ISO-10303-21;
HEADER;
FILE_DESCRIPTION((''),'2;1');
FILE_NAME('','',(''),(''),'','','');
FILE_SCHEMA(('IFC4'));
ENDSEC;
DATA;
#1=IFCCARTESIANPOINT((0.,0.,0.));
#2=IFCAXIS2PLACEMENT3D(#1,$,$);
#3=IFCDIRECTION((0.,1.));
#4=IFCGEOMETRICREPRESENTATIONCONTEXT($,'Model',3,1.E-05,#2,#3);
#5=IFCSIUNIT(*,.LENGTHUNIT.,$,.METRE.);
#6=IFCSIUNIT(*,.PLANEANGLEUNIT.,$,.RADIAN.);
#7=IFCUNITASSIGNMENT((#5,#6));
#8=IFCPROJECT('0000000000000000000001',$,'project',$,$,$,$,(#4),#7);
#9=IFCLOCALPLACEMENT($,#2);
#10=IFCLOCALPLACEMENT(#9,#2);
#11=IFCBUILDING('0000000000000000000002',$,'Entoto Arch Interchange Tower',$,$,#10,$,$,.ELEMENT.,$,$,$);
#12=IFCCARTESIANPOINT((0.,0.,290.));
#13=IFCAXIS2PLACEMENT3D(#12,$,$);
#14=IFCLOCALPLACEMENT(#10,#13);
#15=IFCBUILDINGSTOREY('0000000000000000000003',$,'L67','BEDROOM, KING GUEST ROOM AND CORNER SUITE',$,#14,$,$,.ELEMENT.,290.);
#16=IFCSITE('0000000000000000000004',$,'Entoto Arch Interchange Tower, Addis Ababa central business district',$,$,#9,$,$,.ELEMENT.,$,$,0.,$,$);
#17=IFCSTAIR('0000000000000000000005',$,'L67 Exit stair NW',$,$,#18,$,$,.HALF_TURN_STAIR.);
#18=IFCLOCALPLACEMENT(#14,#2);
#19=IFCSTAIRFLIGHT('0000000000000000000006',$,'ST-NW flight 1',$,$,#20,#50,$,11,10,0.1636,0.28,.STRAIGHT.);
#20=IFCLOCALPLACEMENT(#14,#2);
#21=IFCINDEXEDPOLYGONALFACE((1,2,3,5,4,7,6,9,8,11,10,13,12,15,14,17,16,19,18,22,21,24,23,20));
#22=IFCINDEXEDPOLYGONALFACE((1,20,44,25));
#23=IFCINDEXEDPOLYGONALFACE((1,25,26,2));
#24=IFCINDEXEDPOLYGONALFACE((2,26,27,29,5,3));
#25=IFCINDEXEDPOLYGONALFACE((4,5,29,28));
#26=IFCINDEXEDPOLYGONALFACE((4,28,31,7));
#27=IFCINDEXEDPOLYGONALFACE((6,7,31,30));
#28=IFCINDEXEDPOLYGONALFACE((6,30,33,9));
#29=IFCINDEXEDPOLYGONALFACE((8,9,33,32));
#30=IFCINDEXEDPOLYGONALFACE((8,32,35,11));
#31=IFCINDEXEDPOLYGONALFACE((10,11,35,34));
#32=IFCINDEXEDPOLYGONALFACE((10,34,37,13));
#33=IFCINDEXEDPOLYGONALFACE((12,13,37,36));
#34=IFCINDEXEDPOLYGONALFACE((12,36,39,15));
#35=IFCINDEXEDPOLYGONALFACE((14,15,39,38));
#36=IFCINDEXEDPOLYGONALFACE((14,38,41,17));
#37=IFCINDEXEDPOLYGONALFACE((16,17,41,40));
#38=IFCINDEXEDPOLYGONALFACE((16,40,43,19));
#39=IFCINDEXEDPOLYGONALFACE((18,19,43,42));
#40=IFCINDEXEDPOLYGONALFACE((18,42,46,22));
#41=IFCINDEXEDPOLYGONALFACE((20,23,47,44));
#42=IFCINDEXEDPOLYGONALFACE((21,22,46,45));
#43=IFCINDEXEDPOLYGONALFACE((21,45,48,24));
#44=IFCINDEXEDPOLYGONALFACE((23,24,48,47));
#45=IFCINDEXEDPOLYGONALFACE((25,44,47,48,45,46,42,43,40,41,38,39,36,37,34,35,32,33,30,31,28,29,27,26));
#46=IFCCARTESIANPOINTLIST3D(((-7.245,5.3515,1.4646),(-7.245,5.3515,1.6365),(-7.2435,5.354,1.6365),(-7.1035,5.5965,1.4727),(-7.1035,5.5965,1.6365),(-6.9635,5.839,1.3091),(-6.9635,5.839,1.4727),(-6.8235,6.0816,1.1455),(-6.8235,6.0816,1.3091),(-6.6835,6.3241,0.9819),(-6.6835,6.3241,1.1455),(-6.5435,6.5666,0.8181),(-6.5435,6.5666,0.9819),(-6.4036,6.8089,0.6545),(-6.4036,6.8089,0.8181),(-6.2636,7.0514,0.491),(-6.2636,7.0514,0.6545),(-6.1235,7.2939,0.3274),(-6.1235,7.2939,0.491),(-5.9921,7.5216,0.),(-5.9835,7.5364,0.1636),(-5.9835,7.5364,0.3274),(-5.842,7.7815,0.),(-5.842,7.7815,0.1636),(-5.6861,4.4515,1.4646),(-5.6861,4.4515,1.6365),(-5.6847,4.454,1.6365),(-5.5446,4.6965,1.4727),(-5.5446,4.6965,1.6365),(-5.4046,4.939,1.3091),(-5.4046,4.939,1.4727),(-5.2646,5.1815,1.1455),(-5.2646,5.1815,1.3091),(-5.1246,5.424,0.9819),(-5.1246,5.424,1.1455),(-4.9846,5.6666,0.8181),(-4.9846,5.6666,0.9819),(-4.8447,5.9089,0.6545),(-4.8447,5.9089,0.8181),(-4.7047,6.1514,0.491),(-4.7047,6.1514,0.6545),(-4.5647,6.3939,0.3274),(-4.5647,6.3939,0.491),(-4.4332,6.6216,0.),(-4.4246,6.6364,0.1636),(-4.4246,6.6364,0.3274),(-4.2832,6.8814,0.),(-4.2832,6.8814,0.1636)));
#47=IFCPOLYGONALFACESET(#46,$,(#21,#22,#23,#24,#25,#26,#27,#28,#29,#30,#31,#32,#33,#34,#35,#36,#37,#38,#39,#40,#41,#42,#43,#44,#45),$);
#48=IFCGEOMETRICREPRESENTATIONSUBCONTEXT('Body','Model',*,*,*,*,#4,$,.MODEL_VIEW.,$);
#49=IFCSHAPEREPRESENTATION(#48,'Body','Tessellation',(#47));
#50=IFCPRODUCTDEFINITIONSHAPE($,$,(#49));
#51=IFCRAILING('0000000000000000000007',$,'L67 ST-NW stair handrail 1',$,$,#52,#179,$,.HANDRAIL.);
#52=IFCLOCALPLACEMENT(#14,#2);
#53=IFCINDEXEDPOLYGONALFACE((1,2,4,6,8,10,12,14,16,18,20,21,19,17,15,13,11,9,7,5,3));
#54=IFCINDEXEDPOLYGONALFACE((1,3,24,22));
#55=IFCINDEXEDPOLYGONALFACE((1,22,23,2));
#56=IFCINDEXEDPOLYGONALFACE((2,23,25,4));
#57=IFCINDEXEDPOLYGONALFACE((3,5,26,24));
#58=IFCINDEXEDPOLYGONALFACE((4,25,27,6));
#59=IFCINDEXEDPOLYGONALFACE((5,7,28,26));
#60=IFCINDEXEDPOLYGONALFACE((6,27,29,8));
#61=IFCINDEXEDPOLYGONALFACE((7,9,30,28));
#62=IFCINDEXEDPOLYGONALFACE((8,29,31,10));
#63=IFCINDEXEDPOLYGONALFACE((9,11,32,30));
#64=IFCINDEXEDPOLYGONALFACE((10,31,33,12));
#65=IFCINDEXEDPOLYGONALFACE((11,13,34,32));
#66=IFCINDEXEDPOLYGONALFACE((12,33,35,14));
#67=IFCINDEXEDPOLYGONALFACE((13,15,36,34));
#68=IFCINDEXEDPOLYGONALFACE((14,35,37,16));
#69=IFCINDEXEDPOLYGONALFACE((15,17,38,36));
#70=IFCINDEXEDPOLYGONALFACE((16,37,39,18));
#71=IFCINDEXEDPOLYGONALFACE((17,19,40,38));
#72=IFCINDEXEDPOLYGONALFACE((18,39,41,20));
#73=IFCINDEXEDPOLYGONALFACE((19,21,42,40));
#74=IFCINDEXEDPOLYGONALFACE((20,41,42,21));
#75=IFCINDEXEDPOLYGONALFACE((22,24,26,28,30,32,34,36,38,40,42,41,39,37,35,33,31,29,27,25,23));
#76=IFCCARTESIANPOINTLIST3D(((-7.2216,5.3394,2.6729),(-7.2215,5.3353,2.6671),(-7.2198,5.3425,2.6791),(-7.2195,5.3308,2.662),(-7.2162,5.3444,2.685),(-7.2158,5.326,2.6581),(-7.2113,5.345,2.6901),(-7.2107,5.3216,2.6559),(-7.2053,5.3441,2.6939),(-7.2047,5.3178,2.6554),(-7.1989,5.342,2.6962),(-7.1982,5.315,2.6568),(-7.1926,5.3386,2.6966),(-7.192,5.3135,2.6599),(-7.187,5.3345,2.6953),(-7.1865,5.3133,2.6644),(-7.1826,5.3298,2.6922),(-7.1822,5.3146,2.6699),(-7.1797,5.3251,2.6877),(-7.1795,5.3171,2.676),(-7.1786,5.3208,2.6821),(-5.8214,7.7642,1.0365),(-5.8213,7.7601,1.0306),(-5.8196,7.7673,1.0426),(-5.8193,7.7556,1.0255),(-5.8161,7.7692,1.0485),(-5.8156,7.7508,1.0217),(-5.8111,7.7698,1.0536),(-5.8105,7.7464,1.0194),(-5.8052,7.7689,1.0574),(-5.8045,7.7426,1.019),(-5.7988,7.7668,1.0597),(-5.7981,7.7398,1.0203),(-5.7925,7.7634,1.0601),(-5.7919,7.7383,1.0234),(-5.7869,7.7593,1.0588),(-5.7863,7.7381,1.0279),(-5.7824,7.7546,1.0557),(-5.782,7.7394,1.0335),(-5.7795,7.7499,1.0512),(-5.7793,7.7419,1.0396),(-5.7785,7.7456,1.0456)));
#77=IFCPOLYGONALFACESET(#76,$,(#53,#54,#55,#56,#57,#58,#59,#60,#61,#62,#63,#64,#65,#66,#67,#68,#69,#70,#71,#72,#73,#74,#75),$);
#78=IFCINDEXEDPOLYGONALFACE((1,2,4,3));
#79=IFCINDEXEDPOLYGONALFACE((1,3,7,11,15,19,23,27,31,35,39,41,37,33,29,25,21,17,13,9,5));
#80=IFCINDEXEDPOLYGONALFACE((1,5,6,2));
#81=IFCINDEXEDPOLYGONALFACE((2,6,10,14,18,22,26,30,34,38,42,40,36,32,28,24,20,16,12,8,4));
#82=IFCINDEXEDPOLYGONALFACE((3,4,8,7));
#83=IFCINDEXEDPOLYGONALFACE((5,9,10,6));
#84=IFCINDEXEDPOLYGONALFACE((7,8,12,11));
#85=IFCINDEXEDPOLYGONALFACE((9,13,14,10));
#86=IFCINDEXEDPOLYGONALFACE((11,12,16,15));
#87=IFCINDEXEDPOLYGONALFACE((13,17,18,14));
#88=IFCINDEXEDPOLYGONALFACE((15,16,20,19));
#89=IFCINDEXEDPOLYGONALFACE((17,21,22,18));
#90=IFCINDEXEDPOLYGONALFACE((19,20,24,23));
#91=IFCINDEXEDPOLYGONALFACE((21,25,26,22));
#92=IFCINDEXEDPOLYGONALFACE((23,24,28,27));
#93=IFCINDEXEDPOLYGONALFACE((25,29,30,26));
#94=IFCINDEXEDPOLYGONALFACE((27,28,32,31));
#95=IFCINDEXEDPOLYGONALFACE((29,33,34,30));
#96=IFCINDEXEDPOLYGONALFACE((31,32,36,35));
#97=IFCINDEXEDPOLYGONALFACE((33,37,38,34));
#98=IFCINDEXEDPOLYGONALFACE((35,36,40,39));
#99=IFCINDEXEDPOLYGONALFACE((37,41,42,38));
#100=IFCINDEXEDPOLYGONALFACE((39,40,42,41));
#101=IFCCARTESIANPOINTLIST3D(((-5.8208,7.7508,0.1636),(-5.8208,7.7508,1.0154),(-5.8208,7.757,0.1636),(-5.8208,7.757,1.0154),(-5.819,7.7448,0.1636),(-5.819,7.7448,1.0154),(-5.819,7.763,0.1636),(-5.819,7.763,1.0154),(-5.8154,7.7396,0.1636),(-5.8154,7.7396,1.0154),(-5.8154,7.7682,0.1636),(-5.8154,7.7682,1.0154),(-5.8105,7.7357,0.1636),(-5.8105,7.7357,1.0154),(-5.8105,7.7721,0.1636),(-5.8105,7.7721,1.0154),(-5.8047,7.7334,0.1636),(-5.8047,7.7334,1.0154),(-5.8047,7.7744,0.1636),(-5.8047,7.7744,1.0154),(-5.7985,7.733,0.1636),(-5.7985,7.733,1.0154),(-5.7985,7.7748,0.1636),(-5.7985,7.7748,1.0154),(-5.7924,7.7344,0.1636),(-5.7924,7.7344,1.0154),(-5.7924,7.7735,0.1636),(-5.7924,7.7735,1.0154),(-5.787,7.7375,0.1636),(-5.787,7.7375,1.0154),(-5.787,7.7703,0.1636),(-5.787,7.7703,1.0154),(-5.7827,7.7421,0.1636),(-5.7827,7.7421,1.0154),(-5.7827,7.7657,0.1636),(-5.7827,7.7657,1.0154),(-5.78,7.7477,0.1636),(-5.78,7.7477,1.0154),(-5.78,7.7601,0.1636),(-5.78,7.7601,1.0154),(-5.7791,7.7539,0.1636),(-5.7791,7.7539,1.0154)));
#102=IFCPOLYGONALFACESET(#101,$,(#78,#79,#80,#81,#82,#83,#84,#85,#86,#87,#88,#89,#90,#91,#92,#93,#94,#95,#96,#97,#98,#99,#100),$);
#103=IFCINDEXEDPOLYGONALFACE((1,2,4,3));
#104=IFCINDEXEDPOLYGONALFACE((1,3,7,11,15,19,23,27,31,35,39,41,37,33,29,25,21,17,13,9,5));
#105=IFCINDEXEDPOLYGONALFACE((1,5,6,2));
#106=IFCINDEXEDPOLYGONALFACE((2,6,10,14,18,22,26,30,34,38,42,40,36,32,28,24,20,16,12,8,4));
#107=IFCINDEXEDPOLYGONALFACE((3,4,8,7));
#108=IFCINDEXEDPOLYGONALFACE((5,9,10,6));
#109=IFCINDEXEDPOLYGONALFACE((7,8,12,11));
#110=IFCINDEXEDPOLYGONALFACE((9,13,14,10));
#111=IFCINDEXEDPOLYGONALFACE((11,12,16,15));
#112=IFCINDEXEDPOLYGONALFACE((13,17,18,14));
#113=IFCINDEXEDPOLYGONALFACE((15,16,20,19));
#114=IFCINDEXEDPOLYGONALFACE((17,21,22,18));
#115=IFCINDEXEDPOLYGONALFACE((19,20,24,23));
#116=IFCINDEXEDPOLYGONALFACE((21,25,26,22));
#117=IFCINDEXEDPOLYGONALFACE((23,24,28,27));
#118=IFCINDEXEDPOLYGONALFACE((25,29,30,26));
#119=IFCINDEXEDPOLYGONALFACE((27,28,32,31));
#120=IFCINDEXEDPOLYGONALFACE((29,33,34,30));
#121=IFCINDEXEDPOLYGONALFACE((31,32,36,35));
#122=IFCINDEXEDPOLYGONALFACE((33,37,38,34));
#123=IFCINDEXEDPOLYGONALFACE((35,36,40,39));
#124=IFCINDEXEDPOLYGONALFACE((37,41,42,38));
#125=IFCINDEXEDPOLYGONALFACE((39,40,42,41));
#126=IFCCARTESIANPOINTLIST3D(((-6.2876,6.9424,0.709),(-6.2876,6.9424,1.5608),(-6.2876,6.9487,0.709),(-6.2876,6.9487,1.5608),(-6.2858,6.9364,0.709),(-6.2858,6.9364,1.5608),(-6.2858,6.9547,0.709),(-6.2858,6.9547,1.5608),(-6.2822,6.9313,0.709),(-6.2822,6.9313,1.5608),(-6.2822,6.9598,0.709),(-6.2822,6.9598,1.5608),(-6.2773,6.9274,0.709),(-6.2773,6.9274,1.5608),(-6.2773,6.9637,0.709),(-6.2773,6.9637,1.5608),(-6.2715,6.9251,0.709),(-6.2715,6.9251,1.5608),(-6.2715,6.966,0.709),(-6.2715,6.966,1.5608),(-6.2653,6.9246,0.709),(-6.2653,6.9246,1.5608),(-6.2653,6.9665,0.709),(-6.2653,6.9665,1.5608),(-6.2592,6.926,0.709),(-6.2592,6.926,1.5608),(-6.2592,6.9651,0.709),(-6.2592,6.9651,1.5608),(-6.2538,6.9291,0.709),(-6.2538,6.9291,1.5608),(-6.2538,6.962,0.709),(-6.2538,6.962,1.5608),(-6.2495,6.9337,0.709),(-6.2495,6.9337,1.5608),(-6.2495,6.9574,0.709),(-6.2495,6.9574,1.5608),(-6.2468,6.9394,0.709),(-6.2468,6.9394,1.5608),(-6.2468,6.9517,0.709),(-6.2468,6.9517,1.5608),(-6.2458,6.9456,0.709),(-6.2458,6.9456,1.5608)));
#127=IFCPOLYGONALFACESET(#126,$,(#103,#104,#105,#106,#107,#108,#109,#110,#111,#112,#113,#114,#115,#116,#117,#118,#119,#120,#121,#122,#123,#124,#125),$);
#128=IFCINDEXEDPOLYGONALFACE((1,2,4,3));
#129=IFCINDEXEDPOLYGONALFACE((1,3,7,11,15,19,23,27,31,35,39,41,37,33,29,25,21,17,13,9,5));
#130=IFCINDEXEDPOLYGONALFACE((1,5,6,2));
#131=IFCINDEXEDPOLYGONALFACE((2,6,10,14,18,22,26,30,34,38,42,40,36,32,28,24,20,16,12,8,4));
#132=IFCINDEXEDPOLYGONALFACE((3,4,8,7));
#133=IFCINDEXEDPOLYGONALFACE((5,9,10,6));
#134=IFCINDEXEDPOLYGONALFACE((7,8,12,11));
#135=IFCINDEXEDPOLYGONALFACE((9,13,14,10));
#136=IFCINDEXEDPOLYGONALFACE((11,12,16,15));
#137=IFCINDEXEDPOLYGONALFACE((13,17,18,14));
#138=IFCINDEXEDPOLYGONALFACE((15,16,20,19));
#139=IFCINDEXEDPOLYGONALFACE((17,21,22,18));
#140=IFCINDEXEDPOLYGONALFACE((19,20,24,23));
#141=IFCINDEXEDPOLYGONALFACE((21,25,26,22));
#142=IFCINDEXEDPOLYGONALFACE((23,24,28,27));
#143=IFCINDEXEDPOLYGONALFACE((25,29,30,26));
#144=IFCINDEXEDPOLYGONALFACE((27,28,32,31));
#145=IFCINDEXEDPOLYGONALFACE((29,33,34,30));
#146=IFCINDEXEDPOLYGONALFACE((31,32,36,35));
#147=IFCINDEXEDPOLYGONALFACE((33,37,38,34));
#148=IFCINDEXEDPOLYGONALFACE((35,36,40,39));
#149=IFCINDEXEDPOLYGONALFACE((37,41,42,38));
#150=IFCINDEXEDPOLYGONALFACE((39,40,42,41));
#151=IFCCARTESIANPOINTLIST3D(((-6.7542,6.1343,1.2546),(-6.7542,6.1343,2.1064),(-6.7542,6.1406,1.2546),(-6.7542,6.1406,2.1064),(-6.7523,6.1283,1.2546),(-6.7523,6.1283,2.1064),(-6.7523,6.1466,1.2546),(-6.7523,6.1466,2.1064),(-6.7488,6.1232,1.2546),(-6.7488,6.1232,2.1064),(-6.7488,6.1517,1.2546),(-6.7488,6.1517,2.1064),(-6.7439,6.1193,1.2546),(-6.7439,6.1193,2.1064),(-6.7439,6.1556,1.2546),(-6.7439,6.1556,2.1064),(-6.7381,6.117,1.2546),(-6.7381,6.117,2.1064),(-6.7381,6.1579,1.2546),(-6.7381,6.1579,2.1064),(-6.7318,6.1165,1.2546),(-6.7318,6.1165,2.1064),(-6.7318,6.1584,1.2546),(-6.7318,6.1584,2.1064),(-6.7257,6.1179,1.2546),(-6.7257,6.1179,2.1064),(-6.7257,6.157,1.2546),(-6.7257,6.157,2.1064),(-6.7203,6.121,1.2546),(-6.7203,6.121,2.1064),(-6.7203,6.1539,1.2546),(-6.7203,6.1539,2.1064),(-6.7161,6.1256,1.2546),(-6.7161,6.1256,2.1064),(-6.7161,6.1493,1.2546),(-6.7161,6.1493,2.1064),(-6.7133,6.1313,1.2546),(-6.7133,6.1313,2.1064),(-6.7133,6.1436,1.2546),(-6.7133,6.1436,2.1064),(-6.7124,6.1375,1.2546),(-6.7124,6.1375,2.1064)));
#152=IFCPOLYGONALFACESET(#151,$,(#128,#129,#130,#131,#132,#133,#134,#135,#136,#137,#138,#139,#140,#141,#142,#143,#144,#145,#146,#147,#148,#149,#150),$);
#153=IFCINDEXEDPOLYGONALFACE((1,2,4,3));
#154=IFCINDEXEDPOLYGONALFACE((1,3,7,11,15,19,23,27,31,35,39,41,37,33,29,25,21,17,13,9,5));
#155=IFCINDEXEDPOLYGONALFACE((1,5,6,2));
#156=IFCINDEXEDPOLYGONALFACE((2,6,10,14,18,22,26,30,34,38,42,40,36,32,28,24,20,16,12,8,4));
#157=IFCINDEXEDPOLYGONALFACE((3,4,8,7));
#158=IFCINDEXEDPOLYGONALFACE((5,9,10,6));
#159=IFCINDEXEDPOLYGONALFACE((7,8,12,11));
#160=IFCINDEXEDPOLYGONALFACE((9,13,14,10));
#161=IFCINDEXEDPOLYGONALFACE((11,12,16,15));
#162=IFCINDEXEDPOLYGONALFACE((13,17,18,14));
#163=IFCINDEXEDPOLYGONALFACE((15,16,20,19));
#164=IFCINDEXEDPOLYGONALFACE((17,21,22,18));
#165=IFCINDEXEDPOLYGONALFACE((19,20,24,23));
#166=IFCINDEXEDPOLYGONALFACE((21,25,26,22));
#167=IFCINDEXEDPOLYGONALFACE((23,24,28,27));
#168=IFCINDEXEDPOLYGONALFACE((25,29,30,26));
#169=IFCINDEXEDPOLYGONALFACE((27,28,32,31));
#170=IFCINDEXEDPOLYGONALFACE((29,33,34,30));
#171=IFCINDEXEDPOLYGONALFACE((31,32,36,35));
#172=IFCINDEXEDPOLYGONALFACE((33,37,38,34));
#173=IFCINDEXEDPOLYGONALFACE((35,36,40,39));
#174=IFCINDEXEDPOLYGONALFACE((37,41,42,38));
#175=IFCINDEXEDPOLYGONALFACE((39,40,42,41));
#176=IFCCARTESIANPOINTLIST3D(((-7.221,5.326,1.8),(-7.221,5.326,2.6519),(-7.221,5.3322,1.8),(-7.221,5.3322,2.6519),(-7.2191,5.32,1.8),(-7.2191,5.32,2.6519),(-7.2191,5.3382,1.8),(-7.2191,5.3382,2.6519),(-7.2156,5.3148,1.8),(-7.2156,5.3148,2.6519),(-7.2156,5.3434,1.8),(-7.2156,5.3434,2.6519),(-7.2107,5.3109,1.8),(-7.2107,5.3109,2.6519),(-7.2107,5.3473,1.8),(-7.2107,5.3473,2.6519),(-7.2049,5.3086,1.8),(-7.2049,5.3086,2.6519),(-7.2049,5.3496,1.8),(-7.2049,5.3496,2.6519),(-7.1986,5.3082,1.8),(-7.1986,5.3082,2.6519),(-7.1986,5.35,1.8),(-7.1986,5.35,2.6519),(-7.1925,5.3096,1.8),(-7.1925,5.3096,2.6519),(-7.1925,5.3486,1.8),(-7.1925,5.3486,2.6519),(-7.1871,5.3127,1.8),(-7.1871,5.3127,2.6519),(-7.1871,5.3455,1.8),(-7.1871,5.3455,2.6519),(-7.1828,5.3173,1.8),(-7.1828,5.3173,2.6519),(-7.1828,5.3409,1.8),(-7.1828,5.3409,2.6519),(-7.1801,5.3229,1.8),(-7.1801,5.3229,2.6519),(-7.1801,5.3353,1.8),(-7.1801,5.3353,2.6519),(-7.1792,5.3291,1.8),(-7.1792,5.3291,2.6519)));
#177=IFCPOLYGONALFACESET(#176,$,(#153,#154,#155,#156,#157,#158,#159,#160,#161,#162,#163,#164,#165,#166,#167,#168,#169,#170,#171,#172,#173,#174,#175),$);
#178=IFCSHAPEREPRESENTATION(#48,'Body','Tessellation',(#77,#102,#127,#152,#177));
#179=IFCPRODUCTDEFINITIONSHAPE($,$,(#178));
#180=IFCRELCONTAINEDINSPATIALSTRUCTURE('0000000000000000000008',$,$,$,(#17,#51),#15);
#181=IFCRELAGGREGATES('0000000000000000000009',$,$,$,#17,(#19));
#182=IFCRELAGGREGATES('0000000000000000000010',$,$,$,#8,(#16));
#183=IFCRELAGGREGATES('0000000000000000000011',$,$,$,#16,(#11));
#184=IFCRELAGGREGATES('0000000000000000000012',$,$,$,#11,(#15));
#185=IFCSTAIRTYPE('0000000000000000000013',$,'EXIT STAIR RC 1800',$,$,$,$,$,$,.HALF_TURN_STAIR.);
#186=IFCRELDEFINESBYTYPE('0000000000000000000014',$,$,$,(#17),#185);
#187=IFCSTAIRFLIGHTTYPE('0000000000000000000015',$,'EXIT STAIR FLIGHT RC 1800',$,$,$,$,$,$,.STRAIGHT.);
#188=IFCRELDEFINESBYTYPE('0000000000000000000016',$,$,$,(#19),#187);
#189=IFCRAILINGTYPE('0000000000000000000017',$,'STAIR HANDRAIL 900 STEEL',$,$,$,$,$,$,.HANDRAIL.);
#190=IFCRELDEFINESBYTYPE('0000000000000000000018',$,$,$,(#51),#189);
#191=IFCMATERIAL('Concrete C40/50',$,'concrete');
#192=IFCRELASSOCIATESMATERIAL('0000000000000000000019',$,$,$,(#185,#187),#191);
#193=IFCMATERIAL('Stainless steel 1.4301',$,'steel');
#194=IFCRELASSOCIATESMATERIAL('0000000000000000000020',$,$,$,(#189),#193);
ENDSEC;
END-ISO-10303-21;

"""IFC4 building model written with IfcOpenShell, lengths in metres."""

from ifc_helpers import new_model, si_unit, direction, frame, origin, origin_2d, place, context, subcontext, project, spatial, polyline, circle, outline, extrude, material, type_object, element, aggregate, save


model = new_model("IFC4")

# Units and contexts
model_context = context("Model", 3, precision=1e-05, world=origin(), true_north=direction((0.0, 1.0)))
body_context = subcontext(model_context, "Body", "Model", "MODEL_VIEW")
ifc_project = project(units=[si_unit("LENGTHUNIT", "METRE"), si_unit("PLANEANGLEUNIT", "RADIAN")], contexts=[model_context])

# Site, building, storey
site_placement = place(None, origin())
site = spatial("IfcSite", under=ifc_project, at=site_placement, Name="Entoto Arch Interchange Tower, Addis Ababa central business district", CompositionType="ELEMENT", RefElevation=0.0)
building_placement = place(site_placement, origin())
building = spatial("IfcBuilding", under=site, at=building_placement, Name="Entoto Arch Interchange Tower", CompositionType="ELEMENT")
storey_placement = place(building_placement, frame((0.0, 0.0, 290.0)))
storey = spatial("IfcBuildingStorey", under=building, at=storey_placement, Name="L67", Description="BEDROOM, KING GUEST ROOM AND CORNER SUITE", CompositionType="ELEMENT", Elevation=290.0)

# Shared definitions
ifc_material_1 = material(Name="Concrete C40/50", Category="concrete")

# Stair, stair flight
stair_type = type_object("IfcStairType", Name="EXIT STAIR RC 1800", PredefinedType="HALF_TURN_STAIR", material=ifc_material_1)
stair_placement = place(storey_placement, origin())
stair = element("IfcStair", 1, at=stair_placement, inside=storey, type_object=stair_type, Name="L67 Exit stair NW", PredefinedType="HALF_TURN_STAIR")
stair_flight_type = type_object("IfcStairFlightType", Name="EXIT STAIR FLIGHT RC 1800", PredefinedType="STRAIGHT", material=ifc_material_1)
stair_flight_placement = place(storey_placement, frame((-5.064, 7.3289, 0.0), z_axis=(0.0, 0.0, 1.0), x_axis=(-0.5, -0.866025, 0.0)))
stair_flight = element("IfcStairFlight", 2, at=stair_flight_placement, type_object=stair_flight_type, Name="ST-NW flight 1", NumberOfRisers=11, NumberOfTreads=10, PredefinedType="STRAIGHT", RiserHeight=0.1636, TreadLength=0.28, context=body_context, shape_type="SweptSolid", body=[
    extrude(outline(polyline([(-0.0029, 0.0), (-0.0029, 0.1636), (0.28, 0.1636), (0.28, 0.3274), (0.5601, 0.3274), (0.5601, 0.491), (0.8401, 0.491), (0.8401, 0.6545), (1.1201, 0.6545), (1.1201, 0.8181), (1.3999, 0.8181), (1.3999, 0.9819), (1.6799, 0.9819), (1.6799, 1.1455), (1.96, 1.1455), (1.96, 1.3091), (2.24, 1.3091), (2.24, 1.4727), (2.52, 1.4727), (2.52, 1.6365), (2.8, 1.6365), (2.803, 1.6365), (2.803, 1.4646), (0.2971, 0.0), (-0.0029, 0.0)])), frame((0.0, 0.8999, 0.0), z_axis=(0.0, -1.0, 0.0), x_axis=(1.0, 0.0, 0.0)), (0.0, 0.0, 1.0), 1.8),
])
aggregate(stair, [stair_flight])

# Railing
ifc_material_2 = material(Name="Stainless steel 1.4301", Category="steel")
railing_type = type_object("IfcRailingType", Name="STAIR HANDRAIL 900 STEEL", PredefinedType="HANDRAIL", material=ifc_material_2)
railing_placement = place(storey_placement, frame((-5.8, 7.7539, 0.1636)))
element("IfcRailing", 3, at=railing_placement, inside=storey, type_object=railing_type, Name="L67 ST-NW stair handrail 1", PredefinedType="HANDRAIL", context=body_context, shape_type="SweptSolid", body=[
    extrude(circle(Radius=0.0239, at=origin_2d()), frame((0.0, 0.0, 0.876), z_axis=(-0.431722, -0.747666, 0.504591), x_axis=(0.865997, -0.50005, 0.0)), (0.0, 0.0, 1.0), 3.2432),
    extrude(circle(Radius=0.021, at=origin_2d()), origin(), (0.0, 0.0, 1.0), 0.8518),
    extrude(circle(Radius=0.021, at=origin_2d()), frame((-0.4668, -0.8083, 0.5454)), (0.0, 0.0, 1.0), 0.8518),
    extrude(circle(Radius=0.021, at=origin_2d()), frame((-0.9333, -1.6165, 1.0911)), (0.0, 0.0, 1.0), 0.8518),
    extrude(circle(Radius=0.021, at=origin_2d()), frame((-1.4001, -2.4248, 1.6365)), (0.0, 0.0, 1.0), 0.8518),
])

save(model, "model.ifc")
